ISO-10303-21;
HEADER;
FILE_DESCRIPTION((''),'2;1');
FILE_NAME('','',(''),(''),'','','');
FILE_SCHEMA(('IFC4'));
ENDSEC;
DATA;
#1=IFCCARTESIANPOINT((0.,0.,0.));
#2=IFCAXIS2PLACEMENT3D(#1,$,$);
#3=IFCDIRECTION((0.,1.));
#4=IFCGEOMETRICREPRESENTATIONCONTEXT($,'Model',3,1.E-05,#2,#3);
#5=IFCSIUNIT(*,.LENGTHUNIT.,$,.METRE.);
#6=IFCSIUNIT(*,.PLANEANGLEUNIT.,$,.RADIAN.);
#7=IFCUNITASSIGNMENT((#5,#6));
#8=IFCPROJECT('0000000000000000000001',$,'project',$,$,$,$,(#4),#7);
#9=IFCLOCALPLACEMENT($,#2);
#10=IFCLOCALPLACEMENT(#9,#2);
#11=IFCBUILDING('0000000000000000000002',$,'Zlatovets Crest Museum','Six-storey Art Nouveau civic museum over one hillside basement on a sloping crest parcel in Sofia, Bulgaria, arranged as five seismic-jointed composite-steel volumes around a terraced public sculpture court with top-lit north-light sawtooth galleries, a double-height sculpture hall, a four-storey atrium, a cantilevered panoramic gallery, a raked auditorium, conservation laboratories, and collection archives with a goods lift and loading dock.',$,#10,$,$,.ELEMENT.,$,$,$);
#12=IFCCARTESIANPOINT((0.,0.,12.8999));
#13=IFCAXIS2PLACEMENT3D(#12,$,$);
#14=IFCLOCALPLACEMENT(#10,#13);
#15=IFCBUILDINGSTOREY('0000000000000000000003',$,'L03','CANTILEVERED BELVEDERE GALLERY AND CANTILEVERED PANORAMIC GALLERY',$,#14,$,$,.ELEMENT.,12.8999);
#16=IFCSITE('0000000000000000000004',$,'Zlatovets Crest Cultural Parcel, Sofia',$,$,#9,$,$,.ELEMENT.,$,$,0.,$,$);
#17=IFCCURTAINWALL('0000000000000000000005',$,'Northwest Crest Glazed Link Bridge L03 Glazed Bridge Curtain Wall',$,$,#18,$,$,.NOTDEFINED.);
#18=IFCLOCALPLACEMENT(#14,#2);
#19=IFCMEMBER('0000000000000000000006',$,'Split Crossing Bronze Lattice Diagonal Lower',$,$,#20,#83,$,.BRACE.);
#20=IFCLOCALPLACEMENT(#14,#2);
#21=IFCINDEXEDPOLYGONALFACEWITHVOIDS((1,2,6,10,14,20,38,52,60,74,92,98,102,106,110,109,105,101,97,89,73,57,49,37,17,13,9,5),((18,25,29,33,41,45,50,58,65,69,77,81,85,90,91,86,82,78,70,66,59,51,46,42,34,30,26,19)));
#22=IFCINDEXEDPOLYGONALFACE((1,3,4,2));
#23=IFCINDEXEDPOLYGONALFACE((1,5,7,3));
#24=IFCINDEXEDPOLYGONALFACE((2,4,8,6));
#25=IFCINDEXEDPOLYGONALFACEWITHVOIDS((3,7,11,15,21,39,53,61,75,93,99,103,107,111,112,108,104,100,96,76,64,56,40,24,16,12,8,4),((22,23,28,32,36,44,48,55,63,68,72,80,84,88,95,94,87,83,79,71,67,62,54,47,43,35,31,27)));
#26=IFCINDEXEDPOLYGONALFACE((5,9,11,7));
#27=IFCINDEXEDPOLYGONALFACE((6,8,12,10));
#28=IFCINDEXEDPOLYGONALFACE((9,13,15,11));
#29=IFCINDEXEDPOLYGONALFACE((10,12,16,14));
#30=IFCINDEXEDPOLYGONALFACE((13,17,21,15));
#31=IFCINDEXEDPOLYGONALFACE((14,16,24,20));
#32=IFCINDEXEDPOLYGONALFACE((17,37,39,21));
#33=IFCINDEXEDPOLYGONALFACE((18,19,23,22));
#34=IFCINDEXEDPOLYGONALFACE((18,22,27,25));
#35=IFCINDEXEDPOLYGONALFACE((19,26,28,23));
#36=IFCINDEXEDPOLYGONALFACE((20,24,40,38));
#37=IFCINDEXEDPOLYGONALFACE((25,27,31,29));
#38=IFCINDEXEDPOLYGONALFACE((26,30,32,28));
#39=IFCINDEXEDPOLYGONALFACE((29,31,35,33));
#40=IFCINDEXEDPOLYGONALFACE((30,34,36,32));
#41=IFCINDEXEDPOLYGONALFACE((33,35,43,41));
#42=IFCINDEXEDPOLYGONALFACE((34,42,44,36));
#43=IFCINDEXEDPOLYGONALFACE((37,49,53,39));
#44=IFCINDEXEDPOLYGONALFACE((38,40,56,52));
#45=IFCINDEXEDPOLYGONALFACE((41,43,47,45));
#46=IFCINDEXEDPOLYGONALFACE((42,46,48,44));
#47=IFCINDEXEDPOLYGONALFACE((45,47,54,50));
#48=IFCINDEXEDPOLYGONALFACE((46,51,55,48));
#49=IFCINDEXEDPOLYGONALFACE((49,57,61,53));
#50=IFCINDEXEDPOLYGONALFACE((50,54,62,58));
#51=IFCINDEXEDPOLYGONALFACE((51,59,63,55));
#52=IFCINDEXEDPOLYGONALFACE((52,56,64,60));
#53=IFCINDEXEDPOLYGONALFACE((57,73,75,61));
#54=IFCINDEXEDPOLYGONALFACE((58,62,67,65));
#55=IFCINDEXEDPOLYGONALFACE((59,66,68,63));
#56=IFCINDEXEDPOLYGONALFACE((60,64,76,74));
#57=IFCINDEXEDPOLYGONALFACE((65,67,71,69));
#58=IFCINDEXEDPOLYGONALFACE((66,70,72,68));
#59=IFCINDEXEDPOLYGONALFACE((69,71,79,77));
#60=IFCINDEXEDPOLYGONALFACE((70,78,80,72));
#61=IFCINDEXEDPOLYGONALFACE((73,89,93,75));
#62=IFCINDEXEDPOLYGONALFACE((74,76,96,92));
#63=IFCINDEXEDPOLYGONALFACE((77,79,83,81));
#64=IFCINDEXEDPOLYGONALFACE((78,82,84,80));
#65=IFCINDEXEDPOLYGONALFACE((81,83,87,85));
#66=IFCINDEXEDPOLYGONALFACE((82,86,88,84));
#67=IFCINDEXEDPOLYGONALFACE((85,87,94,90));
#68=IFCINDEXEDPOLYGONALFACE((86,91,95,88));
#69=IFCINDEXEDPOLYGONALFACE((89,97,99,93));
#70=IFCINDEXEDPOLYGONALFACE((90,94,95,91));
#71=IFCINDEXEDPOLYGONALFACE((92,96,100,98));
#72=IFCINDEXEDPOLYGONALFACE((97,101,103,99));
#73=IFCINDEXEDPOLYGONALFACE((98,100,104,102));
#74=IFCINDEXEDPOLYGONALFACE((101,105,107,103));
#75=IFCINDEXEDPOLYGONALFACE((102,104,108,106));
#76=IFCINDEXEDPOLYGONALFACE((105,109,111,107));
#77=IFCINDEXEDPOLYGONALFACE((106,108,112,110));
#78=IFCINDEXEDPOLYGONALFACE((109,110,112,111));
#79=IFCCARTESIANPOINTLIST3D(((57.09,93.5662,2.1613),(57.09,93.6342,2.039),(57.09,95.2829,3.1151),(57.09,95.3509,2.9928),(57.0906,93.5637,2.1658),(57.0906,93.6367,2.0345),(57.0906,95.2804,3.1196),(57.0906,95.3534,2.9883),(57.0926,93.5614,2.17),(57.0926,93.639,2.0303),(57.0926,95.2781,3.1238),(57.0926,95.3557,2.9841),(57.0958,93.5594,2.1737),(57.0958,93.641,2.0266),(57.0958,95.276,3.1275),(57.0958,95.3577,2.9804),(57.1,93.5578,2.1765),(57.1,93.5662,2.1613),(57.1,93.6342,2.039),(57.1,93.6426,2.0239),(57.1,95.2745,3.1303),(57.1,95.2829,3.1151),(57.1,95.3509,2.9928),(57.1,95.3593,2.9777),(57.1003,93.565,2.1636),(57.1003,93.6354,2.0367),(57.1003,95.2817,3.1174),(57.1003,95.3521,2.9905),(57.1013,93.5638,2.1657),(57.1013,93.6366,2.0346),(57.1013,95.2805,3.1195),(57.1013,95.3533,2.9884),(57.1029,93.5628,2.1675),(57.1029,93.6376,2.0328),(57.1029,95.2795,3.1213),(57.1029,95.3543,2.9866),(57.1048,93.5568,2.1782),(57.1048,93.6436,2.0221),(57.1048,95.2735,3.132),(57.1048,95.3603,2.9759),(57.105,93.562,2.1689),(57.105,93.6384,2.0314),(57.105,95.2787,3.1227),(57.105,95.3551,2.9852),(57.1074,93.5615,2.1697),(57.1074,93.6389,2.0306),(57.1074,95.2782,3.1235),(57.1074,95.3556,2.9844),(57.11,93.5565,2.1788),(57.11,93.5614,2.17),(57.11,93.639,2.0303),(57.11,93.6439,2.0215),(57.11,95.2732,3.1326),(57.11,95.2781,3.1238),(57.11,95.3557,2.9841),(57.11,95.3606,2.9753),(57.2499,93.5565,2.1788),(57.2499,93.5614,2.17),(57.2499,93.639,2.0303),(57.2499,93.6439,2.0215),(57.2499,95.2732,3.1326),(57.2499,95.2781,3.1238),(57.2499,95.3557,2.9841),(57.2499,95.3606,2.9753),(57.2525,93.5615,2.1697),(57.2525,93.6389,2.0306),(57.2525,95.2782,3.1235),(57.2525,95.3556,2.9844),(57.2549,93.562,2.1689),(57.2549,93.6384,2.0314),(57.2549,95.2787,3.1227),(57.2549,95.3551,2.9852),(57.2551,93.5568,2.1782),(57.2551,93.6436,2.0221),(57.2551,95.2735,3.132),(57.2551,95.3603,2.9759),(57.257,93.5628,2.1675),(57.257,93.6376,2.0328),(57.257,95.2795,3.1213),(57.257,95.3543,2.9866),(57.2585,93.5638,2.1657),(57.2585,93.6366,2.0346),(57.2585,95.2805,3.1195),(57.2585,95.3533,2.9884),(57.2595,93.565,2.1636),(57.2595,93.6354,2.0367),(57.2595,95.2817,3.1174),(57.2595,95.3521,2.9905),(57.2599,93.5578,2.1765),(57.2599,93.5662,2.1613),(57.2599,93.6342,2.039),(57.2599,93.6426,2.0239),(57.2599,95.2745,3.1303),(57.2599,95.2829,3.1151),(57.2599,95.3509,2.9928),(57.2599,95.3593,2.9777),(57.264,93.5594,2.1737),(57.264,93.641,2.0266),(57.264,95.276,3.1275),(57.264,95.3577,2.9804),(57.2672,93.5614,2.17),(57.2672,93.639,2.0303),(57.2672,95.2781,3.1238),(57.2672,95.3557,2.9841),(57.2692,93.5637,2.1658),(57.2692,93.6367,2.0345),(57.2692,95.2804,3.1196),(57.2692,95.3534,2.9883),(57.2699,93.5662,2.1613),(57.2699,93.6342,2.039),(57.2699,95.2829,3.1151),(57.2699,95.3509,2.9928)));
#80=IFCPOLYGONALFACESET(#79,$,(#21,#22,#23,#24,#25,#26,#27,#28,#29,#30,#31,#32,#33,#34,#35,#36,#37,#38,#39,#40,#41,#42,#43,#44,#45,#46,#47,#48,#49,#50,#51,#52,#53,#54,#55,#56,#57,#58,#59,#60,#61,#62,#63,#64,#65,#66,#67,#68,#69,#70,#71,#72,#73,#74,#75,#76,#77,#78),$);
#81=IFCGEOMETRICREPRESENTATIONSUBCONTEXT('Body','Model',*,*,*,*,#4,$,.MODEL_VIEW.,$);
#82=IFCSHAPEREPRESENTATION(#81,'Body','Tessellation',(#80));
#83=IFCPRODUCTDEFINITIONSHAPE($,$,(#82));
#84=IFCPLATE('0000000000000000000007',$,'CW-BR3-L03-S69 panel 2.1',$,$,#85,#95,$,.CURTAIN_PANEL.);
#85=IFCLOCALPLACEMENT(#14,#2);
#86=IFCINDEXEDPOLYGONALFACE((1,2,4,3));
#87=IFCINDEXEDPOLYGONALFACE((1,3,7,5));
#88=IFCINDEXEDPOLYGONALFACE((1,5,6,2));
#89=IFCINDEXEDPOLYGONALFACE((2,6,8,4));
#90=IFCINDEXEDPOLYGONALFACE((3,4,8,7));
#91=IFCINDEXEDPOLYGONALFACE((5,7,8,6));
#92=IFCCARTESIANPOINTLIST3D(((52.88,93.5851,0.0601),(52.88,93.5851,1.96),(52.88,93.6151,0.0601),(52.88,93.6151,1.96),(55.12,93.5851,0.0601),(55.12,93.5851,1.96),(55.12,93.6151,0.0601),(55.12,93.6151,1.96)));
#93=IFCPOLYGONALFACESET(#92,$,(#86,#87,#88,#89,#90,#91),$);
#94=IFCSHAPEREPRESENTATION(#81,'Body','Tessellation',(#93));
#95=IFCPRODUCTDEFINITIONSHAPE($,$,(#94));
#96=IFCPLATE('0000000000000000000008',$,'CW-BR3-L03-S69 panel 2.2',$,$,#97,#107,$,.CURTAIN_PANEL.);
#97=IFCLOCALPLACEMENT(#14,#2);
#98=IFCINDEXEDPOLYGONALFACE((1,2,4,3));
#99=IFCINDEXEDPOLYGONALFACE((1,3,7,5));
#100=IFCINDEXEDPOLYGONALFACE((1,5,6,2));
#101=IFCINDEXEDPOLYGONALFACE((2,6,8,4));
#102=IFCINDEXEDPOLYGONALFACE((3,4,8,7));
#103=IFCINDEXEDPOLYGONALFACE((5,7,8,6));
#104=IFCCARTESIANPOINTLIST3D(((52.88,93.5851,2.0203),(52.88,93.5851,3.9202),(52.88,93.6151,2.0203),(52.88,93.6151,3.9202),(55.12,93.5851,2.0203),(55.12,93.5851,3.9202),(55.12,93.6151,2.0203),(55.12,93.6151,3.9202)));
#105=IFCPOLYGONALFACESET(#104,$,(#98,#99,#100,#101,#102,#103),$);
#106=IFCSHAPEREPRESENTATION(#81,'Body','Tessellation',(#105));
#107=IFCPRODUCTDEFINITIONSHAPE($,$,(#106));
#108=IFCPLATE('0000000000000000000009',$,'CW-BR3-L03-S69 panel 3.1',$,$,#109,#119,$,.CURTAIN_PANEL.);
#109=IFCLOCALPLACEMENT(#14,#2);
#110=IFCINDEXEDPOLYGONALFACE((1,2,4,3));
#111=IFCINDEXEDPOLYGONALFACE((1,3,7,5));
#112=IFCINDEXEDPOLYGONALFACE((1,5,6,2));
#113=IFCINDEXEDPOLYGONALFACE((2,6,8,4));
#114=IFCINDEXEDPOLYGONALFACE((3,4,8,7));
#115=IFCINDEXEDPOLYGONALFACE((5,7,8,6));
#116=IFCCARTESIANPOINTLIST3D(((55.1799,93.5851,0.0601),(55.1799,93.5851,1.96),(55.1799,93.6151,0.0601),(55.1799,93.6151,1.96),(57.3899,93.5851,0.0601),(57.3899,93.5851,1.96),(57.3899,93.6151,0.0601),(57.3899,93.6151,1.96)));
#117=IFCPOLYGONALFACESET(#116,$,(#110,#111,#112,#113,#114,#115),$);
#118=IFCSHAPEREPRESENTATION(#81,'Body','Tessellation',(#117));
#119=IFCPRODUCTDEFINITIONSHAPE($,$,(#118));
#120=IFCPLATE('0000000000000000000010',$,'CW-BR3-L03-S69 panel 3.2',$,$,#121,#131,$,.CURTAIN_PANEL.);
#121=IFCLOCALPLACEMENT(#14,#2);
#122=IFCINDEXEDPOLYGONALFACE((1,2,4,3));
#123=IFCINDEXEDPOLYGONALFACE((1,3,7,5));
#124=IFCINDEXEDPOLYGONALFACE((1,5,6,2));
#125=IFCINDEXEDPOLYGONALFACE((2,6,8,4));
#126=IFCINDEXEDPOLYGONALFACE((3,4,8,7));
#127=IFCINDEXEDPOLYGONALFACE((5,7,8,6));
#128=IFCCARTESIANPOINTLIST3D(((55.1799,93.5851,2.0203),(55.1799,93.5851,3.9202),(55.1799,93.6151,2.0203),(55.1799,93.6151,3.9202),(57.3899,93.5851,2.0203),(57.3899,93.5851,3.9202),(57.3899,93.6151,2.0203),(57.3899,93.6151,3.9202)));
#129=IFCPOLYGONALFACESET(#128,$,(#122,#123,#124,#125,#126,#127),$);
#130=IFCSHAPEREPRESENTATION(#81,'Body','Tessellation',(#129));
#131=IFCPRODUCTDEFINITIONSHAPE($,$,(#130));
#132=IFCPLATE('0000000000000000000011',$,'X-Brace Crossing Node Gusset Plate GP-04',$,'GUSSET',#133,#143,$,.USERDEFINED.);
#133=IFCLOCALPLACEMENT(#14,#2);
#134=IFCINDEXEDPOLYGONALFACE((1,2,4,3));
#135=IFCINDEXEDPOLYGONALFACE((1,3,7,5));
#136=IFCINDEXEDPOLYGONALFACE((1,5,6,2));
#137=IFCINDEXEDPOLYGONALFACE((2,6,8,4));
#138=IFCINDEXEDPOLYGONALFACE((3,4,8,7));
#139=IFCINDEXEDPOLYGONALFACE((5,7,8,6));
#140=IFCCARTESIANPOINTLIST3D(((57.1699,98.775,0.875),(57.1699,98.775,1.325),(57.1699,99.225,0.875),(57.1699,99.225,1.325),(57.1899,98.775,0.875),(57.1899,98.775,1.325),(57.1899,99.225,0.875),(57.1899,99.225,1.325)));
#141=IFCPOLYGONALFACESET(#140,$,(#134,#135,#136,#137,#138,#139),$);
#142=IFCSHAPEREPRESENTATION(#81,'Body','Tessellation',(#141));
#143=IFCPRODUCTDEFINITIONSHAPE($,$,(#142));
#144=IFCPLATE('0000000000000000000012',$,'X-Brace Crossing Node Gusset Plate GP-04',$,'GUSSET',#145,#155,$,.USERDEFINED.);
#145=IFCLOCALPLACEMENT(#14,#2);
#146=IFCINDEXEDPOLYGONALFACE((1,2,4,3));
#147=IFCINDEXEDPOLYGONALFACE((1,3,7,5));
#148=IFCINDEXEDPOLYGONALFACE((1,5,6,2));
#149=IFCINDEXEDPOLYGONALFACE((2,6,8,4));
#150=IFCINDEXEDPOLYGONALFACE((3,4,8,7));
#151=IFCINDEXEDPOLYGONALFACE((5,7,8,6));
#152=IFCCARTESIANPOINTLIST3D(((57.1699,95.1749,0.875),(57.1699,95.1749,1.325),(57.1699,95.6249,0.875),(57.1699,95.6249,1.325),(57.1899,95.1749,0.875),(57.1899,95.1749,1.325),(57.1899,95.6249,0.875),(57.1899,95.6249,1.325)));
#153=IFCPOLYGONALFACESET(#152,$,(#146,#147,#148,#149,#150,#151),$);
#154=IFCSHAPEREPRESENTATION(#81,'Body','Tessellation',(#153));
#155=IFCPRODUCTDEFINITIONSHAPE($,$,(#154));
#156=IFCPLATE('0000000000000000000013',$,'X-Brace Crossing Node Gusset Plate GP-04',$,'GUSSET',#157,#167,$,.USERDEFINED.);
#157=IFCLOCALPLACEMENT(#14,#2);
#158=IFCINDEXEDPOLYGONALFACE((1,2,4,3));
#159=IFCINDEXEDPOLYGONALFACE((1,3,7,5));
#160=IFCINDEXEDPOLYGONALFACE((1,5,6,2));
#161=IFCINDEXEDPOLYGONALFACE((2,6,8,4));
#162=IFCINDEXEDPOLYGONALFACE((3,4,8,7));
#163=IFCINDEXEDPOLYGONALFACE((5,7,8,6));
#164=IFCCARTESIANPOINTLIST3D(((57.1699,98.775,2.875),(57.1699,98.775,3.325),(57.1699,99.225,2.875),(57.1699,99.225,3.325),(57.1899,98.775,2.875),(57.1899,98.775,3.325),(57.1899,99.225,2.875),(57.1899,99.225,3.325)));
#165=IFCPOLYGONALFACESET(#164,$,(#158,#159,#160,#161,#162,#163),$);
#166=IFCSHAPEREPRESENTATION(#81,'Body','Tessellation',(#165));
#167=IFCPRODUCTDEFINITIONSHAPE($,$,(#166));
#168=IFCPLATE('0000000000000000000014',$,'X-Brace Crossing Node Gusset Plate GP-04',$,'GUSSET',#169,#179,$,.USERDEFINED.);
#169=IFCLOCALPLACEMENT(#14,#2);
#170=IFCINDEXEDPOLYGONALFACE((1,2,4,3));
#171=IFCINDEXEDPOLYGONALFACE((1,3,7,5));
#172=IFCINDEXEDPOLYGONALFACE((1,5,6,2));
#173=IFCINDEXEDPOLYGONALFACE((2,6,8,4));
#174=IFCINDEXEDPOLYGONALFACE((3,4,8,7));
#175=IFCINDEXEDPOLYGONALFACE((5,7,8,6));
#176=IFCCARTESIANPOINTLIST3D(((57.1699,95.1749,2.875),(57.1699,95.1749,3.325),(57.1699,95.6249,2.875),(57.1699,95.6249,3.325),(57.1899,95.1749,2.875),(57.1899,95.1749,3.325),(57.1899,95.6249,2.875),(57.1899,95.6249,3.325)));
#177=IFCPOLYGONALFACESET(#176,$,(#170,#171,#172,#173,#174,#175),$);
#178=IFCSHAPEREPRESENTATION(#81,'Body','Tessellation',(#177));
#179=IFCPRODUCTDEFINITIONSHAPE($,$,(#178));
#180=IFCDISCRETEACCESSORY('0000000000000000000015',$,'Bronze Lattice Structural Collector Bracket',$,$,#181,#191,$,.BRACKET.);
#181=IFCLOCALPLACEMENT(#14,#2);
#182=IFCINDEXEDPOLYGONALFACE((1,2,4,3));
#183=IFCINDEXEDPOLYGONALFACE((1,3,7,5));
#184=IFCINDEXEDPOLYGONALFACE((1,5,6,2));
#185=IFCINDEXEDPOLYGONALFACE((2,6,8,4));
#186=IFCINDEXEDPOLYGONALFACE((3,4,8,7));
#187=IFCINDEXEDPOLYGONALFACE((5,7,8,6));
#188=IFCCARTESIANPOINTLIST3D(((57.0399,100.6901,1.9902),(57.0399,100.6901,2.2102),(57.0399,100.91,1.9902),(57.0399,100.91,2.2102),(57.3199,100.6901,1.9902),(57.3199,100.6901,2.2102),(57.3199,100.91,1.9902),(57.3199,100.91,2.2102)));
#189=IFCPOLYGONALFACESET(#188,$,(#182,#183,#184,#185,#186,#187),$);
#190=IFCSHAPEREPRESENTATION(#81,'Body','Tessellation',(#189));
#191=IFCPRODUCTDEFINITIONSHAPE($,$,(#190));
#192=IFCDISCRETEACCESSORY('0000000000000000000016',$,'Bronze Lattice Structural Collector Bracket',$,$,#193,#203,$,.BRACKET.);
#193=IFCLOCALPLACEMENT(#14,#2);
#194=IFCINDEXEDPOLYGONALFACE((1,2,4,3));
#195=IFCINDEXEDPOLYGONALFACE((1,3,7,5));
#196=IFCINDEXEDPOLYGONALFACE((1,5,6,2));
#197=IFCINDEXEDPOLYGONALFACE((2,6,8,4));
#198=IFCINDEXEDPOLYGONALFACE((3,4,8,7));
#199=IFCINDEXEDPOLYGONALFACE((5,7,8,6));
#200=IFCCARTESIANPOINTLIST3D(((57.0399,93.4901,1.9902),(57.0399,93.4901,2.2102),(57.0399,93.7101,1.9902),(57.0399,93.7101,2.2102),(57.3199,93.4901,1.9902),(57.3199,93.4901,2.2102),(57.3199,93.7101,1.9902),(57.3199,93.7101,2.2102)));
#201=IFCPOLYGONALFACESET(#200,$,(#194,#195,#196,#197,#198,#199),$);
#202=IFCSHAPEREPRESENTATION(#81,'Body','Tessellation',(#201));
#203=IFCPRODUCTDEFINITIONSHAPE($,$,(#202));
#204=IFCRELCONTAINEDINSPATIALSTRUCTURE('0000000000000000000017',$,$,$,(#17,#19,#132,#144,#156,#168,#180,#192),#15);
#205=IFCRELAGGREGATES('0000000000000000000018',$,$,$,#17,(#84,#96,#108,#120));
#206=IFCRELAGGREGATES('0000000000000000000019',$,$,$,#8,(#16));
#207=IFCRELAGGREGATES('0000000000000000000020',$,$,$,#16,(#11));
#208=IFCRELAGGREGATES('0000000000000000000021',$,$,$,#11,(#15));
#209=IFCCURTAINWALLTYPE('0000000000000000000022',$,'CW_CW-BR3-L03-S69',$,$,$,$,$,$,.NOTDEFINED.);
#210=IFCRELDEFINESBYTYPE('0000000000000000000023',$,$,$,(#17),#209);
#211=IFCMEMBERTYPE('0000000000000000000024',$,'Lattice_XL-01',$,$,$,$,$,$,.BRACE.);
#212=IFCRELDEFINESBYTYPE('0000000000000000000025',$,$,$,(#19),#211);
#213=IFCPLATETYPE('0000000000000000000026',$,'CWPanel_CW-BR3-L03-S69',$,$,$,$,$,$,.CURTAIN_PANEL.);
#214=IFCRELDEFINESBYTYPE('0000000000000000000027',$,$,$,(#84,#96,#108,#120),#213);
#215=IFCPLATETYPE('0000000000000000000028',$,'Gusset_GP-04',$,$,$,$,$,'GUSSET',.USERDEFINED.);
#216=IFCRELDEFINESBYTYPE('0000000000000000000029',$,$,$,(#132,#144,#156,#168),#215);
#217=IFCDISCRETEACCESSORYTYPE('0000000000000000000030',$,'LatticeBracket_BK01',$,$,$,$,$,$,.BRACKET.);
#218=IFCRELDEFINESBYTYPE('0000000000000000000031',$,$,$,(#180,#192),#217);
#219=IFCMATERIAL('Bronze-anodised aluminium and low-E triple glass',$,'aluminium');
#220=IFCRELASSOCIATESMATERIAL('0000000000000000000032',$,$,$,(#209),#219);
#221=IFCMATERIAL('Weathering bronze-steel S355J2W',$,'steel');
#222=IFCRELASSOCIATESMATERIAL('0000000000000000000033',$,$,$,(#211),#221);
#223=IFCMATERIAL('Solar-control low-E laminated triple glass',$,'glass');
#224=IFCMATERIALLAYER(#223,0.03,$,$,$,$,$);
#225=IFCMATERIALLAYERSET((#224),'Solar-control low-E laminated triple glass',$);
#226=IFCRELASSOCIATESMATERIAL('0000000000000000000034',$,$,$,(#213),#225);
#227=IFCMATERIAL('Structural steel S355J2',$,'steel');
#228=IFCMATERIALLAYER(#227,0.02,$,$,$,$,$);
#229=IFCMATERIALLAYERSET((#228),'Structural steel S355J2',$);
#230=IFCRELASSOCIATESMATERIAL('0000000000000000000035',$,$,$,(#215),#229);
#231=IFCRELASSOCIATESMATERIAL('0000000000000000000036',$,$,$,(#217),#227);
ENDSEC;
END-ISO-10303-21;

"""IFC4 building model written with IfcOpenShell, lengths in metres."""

from ifc_helpers import new_model, si_unit, direction, frame, origin, origin_2d, place, context, subcontext, project, spatial, rectangle, hollow_rectangle, extrude, material, layer, layer_set, material_profile, profile_set, type_object, element, aggregate, save


model = new_model("IFC4")

# Units and contexts
model_context = context("Model", 3, precision=1e-05, world=origin(), true_north=direction((0.0, 1.0)))
body_context = subcontext(model_context, "Body", "Model", "MODEL_VIEW")
ifc_project = project(units=[si_unit("LENGTHUNIT", "METRE"), si_unit("PLANEANGLEUNIT", "RADIAN")], contexts=[model_context])

# Site, building, storey
site_placement = place(None, origin())
site = spatial("IfcSite", under=ifc_project, at=site_placement, Name="Zlatovets Crest Cultural Parcel, Sofia", CompositionType="ELEMENT", RefElevation=0.0)
building_placement = place(site_placement, origin())
building = spatial("IfcBuilding", under=site, at=building_placement, Name="Zlatovets Crest Museum", Description="Six-storey Art Nouveau civic museum over one hillside basement on a sloping crest parcel in Sofia, Bulgaria, arranged as five seismic-jointed composite-steel volumes around a terraced public sculpture court with top-lit north-light sawtooth galleries, a double-height sculpture hall, a four-storey atrium, a cantilevered panoramic gallery, a raked auditorium, conservation laboratories, and collection archives with a goods lift and loading dock.", CompositionType="ELEMENT")
storey_placement = place(building_placement, frame((0.0, 0.0, 12.8999)))
storey = spatial("IfcBuildingStorey", under=building, at=storey_placement, Name="L03", Description="CANTILEVERED BELVEDERE GALLERY AND CANTILEVERED PANORAMIC GALLERY", CompositionType="ELEMENT", Elevation=12.8999)

# Curtain wall
ifc_material_1 = material(Name="Bronze-anodised aluminium and low-E triple glass", Category="aluminium")
curtain_wall_type = type_object("IfcCurtainWallType", Name="CW_CW-BR3-L03-S69", PredefinedType="NOTDEFINED", material=ifc_material_1)
curtain_wall_placement = place(storey_placement, origin())
curtain_wall = element("IfcCurtainWall", 1, at=curtain_wall_placement, inside=storey, type_object=curtain_wall_type, Name="Northwest Crest Glazed Link Bridge L03 Glazed Bridge Curtain Wall", PredefinedType="NOTDEFINED")

# Member
ifc_material_2 = material(Name="Weathering bronze-steel S355J2W", Category="steel")
ifc_material_profile_1 = material_profile(ifc_material_2, hollow_rectangle(XDim=0.1799, YDim=0.1799, WallThickness=0.01, InnerFilletRadius=0.01, OuterFilletRadius=0.02, at=origin_2d()), Name="SHS 180x180x10.0")
ifc_profile_set_1 = profile_set([ifc_material_profile_1], Name="Weathering bronze-steel S355J2W")
member_type_1 = type_object("IfcMemberType", Name="Lattice_XL-01", PredefinedType="BRACE", material=ifc_profile_set_1)
member_1_placement = place(storey_placement, frame((57.1799, 95.3169, 3.054), z_axis=(0.0, -0.87414, -0.485675), x_axis=(1.0, 0.0, 0.0)))
element("IfcMember", 2, at=member_1_placement, inside=storey, type_object=member_type_1, Name="Split Crossing Bronze Lattice Diagonal Lower", PredefinedType="BRACE", context=body_context, shape_type="SweptSolid", body=[
    extrude(hollow_rectangle(XDim=0.1799, YDim=0.1799, WallThickness=0.01, InnerFilletRadius=0.01, OuterFilletRadius=0.02, at=origin_2d()), origin(), (0.0, 0.0, 1.0), 1.9639),
])

# Plates
ifc_material_3 = material(Name="Solar-control low-E laminated triple glass", Category="glass")
ifc_layer_1 = layer(ifc_material_3, 0.03)
ifc_layer_set_1 = layer_set([ifc_layer_1], Name="Solar-control low-E laminated triple glass")
plate_type_1 = type_object("IfcPlateType", Name="CWPanel_CW-BR3-L03-S69", PredefinedType="CURTAIN_PANEL", material=ifc_layer_set_1)
plate_1_placement = place(storey_placement, frame((54.0, 93.6001, 0.0601), z_axis=(0.0, 0.0, 1.0), x_axis=(1.0, 0.0, 0.0)))
plate_1 = element("IfcPlate", 3, at=plate_1_placement, type_object=plate_type_1, Name="CW-BR3-L03-S69 panel 2.1", PredefinedType="CURTAIN_PANEL", context=body_context, shape_type="SweptSolid", body=[
    extrude(rectangle(XDim=2.24, YDim=0.03, at=origin_2d()), origin(), (0.0, 0.0, 1.0), 1.8999),
])
plate_2_placement = place(storey_placement, frame((54.0, 93.6001, 2.0203), z_axis=(0.0, 0.0, 1.0), x_axis=(1.0, 0.0, 0.0)))
plate_2 = element("IfcPlate", 4, at=plate_2_placement, type_object=plate_type_1, Name="CW-BR3-L03-S69 panel 2.2", PredefinedType="CURTAIN_PANEL", context=body_context, shape_type="SweptSolid", body=[
    extrude(rectangle(XDim=2.24, YDim=0.03, at=origin_2d()), origin(), (0.0, 0.0, 1.0), 1.8999),
])
plate_3_placement = place(storey_placement, frame((56.2849, 93.6001, 0.0601), z_axis=(0.0, 0.0, 1.0), x_axis=(1.0, 0.0, 0.0)))
plate_3 = element("IfcPlate", 5, at=plate_3_placement, type_object=plate_type_1, Name="CW-BR3-L03-S69 panel 3.1", PredefinedType="CURTAIN_PANEL", context=body_context, shape_type="SweptSolid", body=[
    extrude(rectangle(XDim=2.21, YDim=0.03, at=origin_2d()), origin(), (0.0, 0.0, 1.0), 1.8999),
])
plate_4_placement = place(storey_placement, frame((56.2849, 93.6001, 2.0203), z_axis=(0.0, 0.0, 1.0), x_axis=(1.0, 0.0, 0.0)))
plate_4 = element("IfcPlate", 6, at=plate_4_placement, type_object=plate_type_1, Name="CW-BR3-L03-S69 panel 3.2", PredefinedType="CURTAIN_PANEL", context=body_context, shape_type="SweptSolid", body=[
    extrude(rectangle(XDim=2.21, YDim=0.03, at=origin_2d()), origin(), (0.0, 0.0, 1.0), 1.8999),
])
aggregate(curtain_wall, [plate_1, plate_2, plate_3, plate_4])

# Plates
ifc_material_4 = material(Name="Structural steel S355J2", Category="steel")
ifc_layer_2 = layer(ifc_material_4, 0.02)
ifc_layer_set_2 = layer_set([ifc_layer_2], Name="Structural steel S355J2")
plate_type_2 = type_object("IfcPlateType", Name="Gusset_GP-04", ElementType="GUSSET", PredefinedType="USERDEFINED", material=ifc_layer_set_2)
for number, where, z_axis, x_axis, name in (
    (7, (57.1799, 99.0, 0.875), (0.0, 0.0, 1.0), (1.0, 0.0, 0.0), "X-Brace Crossing Node Gusset Plate GP-04"),
    (8, (57.1799, 95.3999, 0.875), (0.0, 0.0, 1.0), (1.0, 0.0, 0.0), "X-Brace Crossing Node Gusset Plate GP-04"),
    (9, (57.1799, 99.0, 2.875), (0.0, 0.0, 1.0), (1.0, 0.0, 0.0), "X-Brace Crossing Node Gusset Plate GP-04"),
    (10, (57.1799, 95.3999, 2.875), (0.0, 0.0, 1.0), (1.0, 0.0, 0.0), "X-Brace Crossing Node Gusset Plate GP-04"),
):
    element("IfcPlate", number, at=place(storey_placement, frame(where, z_axis=z_axis, x_axis=x_axis)), inside=storey, type_object=plate_type_2, Name=name, ObjectType="GUSSET", PredefinedType="USERDEFINED", context=body_context, shape_type="SweptSolid", body=[
        extrude(rectangle(XDim=0.02, YDim=0.45, at=origin_2d()), origin(), (0.0, 0.0, 1.0), 0.45),
    ])

# Discrete accessories
discrete_accessory_type = type_object("IfcDiscreteAccessoryType", Name="LatticeBracket_BK01", PredefinedType="BRACKET", material=ifc_material_4)
for number, where, z_axis, x_axis, name in (
    (11, (57.1799, 100.8, 1.9902), (0.0, 0.0, 1.0), (1.0, 0.0, 0.0), "Bronze Lattice Structural Collector Bracket"),
    (12, (57.1799, 93.6001, 1.9902), (0.0, 0.0, 1.0), (1.0, 0.0, 0.0), "Bronze Lattice Structural Collector Bracket"),
):
    element("IfcDiscreteAccessory", number, at=place(storey_placement, frame(where, z_axis=z_axis, x_axis=x_axis)), inside=storey, type_object=discrete_accessory_type, Name=name, PredefinedType="BRACKET", context=body_context, shape_type="SweptSolid", body=[
        extrude(rectangle(XDim=0.28, YDim=0.22, at=origin_2d()), origin(), (0.0, 0.0, 1.0), 0.22),
    ])

save(model, "model.ifc")
